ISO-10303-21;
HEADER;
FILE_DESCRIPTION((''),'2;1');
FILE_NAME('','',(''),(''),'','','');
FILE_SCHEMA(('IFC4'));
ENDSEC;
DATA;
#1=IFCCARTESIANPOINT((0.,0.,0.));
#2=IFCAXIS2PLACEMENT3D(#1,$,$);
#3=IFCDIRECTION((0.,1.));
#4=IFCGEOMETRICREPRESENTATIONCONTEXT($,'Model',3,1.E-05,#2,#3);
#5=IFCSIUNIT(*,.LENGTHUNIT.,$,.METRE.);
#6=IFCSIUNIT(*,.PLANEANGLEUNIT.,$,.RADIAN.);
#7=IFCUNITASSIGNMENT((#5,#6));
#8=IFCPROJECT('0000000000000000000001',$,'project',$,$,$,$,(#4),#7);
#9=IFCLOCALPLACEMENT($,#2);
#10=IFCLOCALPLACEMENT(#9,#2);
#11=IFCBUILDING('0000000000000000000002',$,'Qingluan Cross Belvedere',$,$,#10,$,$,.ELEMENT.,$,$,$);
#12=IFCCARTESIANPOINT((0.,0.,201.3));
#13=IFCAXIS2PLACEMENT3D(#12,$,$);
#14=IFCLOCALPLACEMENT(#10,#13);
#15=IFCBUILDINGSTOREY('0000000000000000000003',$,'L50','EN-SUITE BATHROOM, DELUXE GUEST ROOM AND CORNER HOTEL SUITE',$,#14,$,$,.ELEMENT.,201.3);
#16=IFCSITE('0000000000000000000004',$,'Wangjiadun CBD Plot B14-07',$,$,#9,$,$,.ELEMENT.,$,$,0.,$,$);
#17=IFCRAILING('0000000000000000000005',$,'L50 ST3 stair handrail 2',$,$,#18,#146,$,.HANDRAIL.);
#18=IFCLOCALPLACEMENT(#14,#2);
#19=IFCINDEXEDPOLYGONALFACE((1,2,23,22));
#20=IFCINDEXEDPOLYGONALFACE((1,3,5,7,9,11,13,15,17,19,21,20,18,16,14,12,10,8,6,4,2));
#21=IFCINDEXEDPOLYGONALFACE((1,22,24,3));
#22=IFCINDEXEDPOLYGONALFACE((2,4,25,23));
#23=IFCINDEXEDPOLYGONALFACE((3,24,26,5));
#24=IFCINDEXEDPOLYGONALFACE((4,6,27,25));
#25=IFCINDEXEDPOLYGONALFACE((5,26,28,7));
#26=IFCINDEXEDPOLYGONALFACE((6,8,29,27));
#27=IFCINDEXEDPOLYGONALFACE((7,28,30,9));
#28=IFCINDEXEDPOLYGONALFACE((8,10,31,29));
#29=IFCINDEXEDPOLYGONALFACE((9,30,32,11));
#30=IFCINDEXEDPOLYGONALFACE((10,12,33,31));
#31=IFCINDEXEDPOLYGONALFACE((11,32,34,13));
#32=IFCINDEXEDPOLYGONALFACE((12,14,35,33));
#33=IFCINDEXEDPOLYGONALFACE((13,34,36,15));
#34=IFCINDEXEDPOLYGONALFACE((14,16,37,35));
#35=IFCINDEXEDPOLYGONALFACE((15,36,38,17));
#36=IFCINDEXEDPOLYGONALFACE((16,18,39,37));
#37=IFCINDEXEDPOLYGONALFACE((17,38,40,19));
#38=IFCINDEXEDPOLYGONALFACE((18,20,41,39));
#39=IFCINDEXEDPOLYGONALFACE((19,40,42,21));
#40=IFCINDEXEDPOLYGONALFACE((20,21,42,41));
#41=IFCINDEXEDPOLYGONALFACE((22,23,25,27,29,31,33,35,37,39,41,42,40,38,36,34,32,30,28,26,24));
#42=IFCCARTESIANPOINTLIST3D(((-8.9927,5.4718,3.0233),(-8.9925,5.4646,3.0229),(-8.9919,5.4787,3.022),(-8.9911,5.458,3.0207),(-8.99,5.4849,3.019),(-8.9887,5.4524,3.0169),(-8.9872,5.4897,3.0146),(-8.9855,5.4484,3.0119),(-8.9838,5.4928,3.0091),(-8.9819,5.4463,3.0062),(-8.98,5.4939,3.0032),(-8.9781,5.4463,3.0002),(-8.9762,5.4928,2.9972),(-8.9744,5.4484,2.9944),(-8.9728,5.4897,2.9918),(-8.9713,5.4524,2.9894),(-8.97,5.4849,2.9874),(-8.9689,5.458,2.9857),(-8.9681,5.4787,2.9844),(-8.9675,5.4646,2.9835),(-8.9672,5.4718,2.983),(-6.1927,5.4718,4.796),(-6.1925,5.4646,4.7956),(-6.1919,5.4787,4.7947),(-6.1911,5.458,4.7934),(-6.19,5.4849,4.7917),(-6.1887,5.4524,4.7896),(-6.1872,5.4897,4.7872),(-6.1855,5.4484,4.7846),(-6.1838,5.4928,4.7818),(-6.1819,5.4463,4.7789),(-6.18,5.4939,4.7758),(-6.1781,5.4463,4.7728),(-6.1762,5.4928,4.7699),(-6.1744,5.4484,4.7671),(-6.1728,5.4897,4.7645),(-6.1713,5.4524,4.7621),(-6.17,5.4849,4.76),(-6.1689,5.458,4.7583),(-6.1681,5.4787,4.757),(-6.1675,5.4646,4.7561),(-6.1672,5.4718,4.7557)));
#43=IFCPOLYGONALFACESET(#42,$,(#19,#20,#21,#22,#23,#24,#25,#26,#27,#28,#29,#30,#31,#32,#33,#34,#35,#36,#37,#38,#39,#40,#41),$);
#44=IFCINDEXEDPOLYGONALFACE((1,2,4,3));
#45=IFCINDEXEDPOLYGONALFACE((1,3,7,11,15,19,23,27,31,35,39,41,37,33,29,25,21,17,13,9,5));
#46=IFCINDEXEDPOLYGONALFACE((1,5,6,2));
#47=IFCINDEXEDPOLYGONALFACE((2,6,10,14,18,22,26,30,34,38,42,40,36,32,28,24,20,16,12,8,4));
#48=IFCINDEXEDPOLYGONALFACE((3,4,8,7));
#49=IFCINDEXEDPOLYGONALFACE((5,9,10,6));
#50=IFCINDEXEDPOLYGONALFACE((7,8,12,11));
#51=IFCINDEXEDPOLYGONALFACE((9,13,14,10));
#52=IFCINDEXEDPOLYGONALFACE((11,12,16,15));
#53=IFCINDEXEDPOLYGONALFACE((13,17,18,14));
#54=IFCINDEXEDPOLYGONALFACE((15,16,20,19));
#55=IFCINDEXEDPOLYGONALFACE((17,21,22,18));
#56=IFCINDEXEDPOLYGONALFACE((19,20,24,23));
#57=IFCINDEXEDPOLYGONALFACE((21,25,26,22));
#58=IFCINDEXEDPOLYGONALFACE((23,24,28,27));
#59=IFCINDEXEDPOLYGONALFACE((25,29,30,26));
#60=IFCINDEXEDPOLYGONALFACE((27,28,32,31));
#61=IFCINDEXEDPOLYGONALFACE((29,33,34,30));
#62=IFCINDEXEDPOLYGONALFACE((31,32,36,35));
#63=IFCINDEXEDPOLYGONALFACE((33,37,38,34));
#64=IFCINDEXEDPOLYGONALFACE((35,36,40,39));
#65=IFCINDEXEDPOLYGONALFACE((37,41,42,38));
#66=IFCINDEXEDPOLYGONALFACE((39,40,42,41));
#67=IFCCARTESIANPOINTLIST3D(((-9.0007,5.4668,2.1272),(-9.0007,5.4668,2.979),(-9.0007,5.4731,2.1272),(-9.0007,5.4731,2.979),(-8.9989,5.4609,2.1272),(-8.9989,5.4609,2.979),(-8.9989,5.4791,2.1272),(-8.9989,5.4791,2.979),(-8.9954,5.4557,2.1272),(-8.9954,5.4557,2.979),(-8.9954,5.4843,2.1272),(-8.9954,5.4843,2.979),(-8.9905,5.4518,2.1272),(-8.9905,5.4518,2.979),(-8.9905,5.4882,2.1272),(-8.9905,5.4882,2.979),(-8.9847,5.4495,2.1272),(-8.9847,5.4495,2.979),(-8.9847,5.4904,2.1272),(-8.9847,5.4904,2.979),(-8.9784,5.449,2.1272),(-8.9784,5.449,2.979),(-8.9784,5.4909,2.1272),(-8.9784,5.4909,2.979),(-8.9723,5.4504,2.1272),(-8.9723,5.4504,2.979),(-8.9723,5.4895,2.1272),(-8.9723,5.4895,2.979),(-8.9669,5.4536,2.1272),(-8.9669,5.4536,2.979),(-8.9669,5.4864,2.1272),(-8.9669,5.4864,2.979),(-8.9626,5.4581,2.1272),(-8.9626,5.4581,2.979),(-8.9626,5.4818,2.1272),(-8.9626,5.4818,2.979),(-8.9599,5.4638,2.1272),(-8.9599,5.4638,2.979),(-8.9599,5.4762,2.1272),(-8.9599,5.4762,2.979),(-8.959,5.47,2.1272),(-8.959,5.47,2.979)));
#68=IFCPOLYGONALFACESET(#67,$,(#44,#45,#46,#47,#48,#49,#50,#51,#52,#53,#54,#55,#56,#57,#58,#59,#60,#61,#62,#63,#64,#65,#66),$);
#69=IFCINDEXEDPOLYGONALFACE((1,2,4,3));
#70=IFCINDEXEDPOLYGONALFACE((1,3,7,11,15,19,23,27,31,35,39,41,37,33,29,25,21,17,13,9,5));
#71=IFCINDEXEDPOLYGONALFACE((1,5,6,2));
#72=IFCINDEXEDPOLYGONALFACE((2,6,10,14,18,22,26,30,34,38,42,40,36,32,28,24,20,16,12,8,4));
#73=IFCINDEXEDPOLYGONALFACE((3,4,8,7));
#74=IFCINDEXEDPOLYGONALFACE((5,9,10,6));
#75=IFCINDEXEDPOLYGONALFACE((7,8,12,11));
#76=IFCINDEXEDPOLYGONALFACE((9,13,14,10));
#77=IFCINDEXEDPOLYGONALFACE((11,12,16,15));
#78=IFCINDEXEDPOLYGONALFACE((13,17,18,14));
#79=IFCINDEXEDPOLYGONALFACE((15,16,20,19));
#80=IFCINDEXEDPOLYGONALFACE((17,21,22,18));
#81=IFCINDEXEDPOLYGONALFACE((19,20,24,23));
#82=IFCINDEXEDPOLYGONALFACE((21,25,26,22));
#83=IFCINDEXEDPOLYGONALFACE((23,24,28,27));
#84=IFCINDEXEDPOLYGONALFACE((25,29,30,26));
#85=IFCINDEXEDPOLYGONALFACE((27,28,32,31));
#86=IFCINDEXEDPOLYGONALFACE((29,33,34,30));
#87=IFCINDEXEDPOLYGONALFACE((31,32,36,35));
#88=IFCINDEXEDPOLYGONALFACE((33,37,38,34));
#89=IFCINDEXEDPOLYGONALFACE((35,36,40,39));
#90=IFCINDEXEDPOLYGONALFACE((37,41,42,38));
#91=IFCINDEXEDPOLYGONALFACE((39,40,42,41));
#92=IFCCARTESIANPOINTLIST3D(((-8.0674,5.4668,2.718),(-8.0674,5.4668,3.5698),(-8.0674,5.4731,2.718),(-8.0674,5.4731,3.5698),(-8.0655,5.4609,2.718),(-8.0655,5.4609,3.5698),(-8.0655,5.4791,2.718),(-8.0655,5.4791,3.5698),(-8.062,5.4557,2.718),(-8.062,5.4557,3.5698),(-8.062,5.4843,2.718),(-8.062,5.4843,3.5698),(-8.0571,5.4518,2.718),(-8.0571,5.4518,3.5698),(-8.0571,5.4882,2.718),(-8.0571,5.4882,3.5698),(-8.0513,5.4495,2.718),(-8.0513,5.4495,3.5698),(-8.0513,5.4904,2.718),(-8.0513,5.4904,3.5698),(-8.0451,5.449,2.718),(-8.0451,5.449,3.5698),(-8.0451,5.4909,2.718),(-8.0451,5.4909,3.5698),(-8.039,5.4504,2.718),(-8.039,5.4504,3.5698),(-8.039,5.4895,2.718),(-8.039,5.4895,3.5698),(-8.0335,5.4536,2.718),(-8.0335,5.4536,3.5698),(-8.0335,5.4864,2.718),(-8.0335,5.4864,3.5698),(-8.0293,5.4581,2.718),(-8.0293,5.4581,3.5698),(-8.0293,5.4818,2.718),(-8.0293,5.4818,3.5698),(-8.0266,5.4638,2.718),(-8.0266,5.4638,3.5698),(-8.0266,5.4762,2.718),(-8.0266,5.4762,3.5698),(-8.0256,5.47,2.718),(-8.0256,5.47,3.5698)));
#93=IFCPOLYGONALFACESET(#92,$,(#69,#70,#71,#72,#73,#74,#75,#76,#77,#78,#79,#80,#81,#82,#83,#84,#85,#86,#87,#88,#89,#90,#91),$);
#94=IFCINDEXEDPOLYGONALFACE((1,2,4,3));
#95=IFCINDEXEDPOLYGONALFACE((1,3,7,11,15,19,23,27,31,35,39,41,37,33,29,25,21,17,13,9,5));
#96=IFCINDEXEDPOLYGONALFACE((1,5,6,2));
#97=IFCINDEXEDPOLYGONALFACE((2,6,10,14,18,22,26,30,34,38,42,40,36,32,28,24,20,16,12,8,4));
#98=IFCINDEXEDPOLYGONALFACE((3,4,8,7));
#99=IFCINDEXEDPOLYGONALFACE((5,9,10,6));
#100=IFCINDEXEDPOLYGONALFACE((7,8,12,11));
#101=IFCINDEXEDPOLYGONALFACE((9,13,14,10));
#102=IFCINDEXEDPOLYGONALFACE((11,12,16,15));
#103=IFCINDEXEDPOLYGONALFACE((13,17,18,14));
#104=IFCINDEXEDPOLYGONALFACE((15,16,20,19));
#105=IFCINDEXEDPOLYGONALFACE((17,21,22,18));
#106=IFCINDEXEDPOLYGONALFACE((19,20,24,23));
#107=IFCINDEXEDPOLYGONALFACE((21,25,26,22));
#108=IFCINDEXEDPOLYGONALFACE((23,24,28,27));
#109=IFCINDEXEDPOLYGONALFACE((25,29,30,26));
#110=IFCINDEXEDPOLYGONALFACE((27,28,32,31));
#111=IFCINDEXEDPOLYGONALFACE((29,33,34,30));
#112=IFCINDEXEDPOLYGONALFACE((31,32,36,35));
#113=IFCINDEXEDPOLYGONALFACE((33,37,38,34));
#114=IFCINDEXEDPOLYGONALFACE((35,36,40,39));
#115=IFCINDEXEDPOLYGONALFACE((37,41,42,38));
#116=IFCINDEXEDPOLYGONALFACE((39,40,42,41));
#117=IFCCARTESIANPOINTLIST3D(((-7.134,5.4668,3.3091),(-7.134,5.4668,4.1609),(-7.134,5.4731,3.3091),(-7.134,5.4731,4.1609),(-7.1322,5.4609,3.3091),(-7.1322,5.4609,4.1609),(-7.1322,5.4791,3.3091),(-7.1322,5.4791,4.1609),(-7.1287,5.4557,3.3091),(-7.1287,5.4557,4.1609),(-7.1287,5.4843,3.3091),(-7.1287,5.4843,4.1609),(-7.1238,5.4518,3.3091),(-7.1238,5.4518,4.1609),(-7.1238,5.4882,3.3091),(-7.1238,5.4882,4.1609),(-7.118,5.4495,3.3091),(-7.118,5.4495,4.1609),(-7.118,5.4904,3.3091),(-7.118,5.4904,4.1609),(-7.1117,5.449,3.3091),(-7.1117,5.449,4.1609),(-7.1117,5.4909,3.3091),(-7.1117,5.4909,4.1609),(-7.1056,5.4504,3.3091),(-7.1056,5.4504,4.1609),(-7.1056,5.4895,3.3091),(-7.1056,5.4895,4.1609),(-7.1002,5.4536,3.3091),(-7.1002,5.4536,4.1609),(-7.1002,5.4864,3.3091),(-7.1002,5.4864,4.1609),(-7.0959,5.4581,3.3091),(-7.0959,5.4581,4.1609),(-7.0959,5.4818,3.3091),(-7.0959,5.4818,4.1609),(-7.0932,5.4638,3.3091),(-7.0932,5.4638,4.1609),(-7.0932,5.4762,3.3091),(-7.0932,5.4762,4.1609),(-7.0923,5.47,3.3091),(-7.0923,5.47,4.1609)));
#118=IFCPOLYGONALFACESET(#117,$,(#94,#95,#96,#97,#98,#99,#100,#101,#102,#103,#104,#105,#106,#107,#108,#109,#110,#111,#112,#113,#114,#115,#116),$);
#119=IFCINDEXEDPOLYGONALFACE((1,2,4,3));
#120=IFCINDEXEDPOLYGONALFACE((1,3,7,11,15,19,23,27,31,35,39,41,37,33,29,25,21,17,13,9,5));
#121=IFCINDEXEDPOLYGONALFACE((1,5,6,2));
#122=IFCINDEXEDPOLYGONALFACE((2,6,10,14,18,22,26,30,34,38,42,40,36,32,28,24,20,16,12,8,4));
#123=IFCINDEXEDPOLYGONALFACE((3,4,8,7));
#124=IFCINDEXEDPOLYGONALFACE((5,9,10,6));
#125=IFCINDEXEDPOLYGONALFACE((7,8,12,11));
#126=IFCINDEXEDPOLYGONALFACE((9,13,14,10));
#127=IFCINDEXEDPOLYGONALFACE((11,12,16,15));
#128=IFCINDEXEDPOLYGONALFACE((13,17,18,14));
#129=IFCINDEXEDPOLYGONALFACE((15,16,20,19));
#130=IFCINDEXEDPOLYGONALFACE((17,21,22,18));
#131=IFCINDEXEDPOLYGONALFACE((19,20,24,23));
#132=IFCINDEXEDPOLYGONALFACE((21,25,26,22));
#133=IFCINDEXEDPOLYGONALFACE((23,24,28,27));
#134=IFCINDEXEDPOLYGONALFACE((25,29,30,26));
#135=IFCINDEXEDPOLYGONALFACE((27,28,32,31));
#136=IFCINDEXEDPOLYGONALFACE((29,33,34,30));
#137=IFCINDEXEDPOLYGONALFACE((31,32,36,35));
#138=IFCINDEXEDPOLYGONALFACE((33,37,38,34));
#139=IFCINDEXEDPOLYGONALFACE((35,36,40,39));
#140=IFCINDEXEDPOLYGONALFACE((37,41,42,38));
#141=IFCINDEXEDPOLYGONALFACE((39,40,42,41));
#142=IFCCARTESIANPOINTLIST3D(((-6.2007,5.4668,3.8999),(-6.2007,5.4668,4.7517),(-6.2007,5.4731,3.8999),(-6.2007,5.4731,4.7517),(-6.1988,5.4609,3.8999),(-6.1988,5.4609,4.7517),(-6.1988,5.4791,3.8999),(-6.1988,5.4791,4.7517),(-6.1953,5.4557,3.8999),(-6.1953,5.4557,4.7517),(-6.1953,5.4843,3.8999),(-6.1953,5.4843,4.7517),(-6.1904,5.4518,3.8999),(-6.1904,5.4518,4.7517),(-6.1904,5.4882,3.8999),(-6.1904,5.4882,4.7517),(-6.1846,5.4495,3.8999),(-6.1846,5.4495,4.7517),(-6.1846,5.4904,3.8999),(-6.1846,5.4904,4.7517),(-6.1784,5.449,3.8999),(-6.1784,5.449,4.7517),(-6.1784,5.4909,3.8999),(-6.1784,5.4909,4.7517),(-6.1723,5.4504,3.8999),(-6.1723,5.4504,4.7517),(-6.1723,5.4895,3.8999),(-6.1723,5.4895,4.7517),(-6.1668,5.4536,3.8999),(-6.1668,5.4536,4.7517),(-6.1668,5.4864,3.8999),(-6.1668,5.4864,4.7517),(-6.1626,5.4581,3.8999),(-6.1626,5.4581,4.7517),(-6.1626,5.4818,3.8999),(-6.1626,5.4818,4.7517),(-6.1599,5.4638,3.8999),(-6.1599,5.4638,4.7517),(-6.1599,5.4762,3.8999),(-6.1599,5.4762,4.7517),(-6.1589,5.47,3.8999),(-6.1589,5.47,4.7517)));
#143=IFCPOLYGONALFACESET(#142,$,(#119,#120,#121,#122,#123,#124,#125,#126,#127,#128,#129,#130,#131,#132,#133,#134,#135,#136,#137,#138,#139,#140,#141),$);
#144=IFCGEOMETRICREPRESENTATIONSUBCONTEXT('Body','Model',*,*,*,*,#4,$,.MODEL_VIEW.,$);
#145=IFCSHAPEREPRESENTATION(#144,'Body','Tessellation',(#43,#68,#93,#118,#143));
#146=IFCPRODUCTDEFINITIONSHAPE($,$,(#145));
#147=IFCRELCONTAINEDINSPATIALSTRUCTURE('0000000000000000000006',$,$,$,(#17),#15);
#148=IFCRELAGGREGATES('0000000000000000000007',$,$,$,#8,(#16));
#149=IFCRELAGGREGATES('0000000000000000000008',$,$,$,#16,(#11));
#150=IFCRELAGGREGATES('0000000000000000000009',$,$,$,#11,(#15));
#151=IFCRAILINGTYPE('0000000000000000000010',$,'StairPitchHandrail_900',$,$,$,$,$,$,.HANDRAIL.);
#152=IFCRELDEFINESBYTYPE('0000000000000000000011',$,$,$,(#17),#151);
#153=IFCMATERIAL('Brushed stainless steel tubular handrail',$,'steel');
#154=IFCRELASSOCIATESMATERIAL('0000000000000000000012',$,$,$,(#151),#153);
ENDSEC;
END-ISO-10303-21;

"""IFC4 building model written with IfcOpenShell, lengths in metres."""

from ifc_helpers import new_model, si_unit, direction, frame, origin, origin_2d, place, context, subcontext, project, spatial, circle, extrude, material, type_object, element, save


model = new_model("IFC4")

# Units and contexts
model_context = context("Model", 3, precision=1e-05, world=origin(), true_north=direction((0.0, 1.0)))
body_context = subcontext(model_context, "Body", "Model", "MODEL_VIEW")
ifc_project = project(units=[si_unit("LENGTHUNIT", "METRE"), si_unit("PLANEANGLEUNIT", "RADIAN")], contexts=[model_context])

# Site, building, storey
site_placement = place(None, origin())
site = spatial("IfcSite", under=ifc_project, at=site_placement, Name="Wangjiadun CBD Plot B14-07", CompositionType="ELEMENT", RefElevation=0.0)
building_placement = place(site_placement, origin())
building = spatial("IfcBuilding", under=site, at=building_placement, Name="Qingluan Cross Belvedere", CompositionType="ELEMENT")
storey_placement = place(building_placement, frame((0.0, 0.0, 201.3)))
storey = spatial("IfcBuildingStorey", under=building, at=storey_placement, Name="L50", Description="EN-SUITE BATHROOM, DELUXE GUEST ROOM AND CORNER HOTEL SUITE", CompositionType="ELEMENT", Elevation=201.3)

# Railing
ifc_material_1 = material(Name="Brushed stainless steel tubular handrail", Category="steel")
railing_type_1 = type_object("IfcRailingType", Name="StairPitchHandrail_900", PredefinedType="HANDRAIL", material=ifc_material_1)
railing_1_placement = place(storey_placement, frame((-8.98, 5.47, 2.1272)))
element("IfcRailing", 1, at=railing_1_placement, inside=storey, type_object=railing_type_1, Name="L50 ST3 stair handrail 2", PredefinedType="HANDRAIL", context=body_context, shape_type="SweptSolid", body=[
    extrude(circle(Radius=0.0239, at=origin_2d()), frame((0.0, 0.0, 0.876), z_axis=(0.844909, 0.0, 0.53491), x_axis=(0.0, 1.0, 0.0)), (0.0, 0.0, 1.0), 3.314),
    extrude(circle(Radius=0.021, at=origin_2d()), origin(), (0.0, 0.0, 1.0), 0.8518),
    extrude(circle(Radius=0.021, at=origin_2d()), frame((0.9333, 0.0, 0.5908)), (0.0, 0.0, 1.0), 0.8518),
    extrude(circle(Radius=0.021, at=origin_2d()), frame((1.8667, 0.0, 1.1819)), (0.0, 0.0, 1.0), 0.8518),
    extrude(circle(Radius=0.021, at=origin_2d()), frame((2.8, 0.0, 1.7727)), (0.0, 0.0, 1.0), 0.8518),
])

save(model, "model.ifc")
